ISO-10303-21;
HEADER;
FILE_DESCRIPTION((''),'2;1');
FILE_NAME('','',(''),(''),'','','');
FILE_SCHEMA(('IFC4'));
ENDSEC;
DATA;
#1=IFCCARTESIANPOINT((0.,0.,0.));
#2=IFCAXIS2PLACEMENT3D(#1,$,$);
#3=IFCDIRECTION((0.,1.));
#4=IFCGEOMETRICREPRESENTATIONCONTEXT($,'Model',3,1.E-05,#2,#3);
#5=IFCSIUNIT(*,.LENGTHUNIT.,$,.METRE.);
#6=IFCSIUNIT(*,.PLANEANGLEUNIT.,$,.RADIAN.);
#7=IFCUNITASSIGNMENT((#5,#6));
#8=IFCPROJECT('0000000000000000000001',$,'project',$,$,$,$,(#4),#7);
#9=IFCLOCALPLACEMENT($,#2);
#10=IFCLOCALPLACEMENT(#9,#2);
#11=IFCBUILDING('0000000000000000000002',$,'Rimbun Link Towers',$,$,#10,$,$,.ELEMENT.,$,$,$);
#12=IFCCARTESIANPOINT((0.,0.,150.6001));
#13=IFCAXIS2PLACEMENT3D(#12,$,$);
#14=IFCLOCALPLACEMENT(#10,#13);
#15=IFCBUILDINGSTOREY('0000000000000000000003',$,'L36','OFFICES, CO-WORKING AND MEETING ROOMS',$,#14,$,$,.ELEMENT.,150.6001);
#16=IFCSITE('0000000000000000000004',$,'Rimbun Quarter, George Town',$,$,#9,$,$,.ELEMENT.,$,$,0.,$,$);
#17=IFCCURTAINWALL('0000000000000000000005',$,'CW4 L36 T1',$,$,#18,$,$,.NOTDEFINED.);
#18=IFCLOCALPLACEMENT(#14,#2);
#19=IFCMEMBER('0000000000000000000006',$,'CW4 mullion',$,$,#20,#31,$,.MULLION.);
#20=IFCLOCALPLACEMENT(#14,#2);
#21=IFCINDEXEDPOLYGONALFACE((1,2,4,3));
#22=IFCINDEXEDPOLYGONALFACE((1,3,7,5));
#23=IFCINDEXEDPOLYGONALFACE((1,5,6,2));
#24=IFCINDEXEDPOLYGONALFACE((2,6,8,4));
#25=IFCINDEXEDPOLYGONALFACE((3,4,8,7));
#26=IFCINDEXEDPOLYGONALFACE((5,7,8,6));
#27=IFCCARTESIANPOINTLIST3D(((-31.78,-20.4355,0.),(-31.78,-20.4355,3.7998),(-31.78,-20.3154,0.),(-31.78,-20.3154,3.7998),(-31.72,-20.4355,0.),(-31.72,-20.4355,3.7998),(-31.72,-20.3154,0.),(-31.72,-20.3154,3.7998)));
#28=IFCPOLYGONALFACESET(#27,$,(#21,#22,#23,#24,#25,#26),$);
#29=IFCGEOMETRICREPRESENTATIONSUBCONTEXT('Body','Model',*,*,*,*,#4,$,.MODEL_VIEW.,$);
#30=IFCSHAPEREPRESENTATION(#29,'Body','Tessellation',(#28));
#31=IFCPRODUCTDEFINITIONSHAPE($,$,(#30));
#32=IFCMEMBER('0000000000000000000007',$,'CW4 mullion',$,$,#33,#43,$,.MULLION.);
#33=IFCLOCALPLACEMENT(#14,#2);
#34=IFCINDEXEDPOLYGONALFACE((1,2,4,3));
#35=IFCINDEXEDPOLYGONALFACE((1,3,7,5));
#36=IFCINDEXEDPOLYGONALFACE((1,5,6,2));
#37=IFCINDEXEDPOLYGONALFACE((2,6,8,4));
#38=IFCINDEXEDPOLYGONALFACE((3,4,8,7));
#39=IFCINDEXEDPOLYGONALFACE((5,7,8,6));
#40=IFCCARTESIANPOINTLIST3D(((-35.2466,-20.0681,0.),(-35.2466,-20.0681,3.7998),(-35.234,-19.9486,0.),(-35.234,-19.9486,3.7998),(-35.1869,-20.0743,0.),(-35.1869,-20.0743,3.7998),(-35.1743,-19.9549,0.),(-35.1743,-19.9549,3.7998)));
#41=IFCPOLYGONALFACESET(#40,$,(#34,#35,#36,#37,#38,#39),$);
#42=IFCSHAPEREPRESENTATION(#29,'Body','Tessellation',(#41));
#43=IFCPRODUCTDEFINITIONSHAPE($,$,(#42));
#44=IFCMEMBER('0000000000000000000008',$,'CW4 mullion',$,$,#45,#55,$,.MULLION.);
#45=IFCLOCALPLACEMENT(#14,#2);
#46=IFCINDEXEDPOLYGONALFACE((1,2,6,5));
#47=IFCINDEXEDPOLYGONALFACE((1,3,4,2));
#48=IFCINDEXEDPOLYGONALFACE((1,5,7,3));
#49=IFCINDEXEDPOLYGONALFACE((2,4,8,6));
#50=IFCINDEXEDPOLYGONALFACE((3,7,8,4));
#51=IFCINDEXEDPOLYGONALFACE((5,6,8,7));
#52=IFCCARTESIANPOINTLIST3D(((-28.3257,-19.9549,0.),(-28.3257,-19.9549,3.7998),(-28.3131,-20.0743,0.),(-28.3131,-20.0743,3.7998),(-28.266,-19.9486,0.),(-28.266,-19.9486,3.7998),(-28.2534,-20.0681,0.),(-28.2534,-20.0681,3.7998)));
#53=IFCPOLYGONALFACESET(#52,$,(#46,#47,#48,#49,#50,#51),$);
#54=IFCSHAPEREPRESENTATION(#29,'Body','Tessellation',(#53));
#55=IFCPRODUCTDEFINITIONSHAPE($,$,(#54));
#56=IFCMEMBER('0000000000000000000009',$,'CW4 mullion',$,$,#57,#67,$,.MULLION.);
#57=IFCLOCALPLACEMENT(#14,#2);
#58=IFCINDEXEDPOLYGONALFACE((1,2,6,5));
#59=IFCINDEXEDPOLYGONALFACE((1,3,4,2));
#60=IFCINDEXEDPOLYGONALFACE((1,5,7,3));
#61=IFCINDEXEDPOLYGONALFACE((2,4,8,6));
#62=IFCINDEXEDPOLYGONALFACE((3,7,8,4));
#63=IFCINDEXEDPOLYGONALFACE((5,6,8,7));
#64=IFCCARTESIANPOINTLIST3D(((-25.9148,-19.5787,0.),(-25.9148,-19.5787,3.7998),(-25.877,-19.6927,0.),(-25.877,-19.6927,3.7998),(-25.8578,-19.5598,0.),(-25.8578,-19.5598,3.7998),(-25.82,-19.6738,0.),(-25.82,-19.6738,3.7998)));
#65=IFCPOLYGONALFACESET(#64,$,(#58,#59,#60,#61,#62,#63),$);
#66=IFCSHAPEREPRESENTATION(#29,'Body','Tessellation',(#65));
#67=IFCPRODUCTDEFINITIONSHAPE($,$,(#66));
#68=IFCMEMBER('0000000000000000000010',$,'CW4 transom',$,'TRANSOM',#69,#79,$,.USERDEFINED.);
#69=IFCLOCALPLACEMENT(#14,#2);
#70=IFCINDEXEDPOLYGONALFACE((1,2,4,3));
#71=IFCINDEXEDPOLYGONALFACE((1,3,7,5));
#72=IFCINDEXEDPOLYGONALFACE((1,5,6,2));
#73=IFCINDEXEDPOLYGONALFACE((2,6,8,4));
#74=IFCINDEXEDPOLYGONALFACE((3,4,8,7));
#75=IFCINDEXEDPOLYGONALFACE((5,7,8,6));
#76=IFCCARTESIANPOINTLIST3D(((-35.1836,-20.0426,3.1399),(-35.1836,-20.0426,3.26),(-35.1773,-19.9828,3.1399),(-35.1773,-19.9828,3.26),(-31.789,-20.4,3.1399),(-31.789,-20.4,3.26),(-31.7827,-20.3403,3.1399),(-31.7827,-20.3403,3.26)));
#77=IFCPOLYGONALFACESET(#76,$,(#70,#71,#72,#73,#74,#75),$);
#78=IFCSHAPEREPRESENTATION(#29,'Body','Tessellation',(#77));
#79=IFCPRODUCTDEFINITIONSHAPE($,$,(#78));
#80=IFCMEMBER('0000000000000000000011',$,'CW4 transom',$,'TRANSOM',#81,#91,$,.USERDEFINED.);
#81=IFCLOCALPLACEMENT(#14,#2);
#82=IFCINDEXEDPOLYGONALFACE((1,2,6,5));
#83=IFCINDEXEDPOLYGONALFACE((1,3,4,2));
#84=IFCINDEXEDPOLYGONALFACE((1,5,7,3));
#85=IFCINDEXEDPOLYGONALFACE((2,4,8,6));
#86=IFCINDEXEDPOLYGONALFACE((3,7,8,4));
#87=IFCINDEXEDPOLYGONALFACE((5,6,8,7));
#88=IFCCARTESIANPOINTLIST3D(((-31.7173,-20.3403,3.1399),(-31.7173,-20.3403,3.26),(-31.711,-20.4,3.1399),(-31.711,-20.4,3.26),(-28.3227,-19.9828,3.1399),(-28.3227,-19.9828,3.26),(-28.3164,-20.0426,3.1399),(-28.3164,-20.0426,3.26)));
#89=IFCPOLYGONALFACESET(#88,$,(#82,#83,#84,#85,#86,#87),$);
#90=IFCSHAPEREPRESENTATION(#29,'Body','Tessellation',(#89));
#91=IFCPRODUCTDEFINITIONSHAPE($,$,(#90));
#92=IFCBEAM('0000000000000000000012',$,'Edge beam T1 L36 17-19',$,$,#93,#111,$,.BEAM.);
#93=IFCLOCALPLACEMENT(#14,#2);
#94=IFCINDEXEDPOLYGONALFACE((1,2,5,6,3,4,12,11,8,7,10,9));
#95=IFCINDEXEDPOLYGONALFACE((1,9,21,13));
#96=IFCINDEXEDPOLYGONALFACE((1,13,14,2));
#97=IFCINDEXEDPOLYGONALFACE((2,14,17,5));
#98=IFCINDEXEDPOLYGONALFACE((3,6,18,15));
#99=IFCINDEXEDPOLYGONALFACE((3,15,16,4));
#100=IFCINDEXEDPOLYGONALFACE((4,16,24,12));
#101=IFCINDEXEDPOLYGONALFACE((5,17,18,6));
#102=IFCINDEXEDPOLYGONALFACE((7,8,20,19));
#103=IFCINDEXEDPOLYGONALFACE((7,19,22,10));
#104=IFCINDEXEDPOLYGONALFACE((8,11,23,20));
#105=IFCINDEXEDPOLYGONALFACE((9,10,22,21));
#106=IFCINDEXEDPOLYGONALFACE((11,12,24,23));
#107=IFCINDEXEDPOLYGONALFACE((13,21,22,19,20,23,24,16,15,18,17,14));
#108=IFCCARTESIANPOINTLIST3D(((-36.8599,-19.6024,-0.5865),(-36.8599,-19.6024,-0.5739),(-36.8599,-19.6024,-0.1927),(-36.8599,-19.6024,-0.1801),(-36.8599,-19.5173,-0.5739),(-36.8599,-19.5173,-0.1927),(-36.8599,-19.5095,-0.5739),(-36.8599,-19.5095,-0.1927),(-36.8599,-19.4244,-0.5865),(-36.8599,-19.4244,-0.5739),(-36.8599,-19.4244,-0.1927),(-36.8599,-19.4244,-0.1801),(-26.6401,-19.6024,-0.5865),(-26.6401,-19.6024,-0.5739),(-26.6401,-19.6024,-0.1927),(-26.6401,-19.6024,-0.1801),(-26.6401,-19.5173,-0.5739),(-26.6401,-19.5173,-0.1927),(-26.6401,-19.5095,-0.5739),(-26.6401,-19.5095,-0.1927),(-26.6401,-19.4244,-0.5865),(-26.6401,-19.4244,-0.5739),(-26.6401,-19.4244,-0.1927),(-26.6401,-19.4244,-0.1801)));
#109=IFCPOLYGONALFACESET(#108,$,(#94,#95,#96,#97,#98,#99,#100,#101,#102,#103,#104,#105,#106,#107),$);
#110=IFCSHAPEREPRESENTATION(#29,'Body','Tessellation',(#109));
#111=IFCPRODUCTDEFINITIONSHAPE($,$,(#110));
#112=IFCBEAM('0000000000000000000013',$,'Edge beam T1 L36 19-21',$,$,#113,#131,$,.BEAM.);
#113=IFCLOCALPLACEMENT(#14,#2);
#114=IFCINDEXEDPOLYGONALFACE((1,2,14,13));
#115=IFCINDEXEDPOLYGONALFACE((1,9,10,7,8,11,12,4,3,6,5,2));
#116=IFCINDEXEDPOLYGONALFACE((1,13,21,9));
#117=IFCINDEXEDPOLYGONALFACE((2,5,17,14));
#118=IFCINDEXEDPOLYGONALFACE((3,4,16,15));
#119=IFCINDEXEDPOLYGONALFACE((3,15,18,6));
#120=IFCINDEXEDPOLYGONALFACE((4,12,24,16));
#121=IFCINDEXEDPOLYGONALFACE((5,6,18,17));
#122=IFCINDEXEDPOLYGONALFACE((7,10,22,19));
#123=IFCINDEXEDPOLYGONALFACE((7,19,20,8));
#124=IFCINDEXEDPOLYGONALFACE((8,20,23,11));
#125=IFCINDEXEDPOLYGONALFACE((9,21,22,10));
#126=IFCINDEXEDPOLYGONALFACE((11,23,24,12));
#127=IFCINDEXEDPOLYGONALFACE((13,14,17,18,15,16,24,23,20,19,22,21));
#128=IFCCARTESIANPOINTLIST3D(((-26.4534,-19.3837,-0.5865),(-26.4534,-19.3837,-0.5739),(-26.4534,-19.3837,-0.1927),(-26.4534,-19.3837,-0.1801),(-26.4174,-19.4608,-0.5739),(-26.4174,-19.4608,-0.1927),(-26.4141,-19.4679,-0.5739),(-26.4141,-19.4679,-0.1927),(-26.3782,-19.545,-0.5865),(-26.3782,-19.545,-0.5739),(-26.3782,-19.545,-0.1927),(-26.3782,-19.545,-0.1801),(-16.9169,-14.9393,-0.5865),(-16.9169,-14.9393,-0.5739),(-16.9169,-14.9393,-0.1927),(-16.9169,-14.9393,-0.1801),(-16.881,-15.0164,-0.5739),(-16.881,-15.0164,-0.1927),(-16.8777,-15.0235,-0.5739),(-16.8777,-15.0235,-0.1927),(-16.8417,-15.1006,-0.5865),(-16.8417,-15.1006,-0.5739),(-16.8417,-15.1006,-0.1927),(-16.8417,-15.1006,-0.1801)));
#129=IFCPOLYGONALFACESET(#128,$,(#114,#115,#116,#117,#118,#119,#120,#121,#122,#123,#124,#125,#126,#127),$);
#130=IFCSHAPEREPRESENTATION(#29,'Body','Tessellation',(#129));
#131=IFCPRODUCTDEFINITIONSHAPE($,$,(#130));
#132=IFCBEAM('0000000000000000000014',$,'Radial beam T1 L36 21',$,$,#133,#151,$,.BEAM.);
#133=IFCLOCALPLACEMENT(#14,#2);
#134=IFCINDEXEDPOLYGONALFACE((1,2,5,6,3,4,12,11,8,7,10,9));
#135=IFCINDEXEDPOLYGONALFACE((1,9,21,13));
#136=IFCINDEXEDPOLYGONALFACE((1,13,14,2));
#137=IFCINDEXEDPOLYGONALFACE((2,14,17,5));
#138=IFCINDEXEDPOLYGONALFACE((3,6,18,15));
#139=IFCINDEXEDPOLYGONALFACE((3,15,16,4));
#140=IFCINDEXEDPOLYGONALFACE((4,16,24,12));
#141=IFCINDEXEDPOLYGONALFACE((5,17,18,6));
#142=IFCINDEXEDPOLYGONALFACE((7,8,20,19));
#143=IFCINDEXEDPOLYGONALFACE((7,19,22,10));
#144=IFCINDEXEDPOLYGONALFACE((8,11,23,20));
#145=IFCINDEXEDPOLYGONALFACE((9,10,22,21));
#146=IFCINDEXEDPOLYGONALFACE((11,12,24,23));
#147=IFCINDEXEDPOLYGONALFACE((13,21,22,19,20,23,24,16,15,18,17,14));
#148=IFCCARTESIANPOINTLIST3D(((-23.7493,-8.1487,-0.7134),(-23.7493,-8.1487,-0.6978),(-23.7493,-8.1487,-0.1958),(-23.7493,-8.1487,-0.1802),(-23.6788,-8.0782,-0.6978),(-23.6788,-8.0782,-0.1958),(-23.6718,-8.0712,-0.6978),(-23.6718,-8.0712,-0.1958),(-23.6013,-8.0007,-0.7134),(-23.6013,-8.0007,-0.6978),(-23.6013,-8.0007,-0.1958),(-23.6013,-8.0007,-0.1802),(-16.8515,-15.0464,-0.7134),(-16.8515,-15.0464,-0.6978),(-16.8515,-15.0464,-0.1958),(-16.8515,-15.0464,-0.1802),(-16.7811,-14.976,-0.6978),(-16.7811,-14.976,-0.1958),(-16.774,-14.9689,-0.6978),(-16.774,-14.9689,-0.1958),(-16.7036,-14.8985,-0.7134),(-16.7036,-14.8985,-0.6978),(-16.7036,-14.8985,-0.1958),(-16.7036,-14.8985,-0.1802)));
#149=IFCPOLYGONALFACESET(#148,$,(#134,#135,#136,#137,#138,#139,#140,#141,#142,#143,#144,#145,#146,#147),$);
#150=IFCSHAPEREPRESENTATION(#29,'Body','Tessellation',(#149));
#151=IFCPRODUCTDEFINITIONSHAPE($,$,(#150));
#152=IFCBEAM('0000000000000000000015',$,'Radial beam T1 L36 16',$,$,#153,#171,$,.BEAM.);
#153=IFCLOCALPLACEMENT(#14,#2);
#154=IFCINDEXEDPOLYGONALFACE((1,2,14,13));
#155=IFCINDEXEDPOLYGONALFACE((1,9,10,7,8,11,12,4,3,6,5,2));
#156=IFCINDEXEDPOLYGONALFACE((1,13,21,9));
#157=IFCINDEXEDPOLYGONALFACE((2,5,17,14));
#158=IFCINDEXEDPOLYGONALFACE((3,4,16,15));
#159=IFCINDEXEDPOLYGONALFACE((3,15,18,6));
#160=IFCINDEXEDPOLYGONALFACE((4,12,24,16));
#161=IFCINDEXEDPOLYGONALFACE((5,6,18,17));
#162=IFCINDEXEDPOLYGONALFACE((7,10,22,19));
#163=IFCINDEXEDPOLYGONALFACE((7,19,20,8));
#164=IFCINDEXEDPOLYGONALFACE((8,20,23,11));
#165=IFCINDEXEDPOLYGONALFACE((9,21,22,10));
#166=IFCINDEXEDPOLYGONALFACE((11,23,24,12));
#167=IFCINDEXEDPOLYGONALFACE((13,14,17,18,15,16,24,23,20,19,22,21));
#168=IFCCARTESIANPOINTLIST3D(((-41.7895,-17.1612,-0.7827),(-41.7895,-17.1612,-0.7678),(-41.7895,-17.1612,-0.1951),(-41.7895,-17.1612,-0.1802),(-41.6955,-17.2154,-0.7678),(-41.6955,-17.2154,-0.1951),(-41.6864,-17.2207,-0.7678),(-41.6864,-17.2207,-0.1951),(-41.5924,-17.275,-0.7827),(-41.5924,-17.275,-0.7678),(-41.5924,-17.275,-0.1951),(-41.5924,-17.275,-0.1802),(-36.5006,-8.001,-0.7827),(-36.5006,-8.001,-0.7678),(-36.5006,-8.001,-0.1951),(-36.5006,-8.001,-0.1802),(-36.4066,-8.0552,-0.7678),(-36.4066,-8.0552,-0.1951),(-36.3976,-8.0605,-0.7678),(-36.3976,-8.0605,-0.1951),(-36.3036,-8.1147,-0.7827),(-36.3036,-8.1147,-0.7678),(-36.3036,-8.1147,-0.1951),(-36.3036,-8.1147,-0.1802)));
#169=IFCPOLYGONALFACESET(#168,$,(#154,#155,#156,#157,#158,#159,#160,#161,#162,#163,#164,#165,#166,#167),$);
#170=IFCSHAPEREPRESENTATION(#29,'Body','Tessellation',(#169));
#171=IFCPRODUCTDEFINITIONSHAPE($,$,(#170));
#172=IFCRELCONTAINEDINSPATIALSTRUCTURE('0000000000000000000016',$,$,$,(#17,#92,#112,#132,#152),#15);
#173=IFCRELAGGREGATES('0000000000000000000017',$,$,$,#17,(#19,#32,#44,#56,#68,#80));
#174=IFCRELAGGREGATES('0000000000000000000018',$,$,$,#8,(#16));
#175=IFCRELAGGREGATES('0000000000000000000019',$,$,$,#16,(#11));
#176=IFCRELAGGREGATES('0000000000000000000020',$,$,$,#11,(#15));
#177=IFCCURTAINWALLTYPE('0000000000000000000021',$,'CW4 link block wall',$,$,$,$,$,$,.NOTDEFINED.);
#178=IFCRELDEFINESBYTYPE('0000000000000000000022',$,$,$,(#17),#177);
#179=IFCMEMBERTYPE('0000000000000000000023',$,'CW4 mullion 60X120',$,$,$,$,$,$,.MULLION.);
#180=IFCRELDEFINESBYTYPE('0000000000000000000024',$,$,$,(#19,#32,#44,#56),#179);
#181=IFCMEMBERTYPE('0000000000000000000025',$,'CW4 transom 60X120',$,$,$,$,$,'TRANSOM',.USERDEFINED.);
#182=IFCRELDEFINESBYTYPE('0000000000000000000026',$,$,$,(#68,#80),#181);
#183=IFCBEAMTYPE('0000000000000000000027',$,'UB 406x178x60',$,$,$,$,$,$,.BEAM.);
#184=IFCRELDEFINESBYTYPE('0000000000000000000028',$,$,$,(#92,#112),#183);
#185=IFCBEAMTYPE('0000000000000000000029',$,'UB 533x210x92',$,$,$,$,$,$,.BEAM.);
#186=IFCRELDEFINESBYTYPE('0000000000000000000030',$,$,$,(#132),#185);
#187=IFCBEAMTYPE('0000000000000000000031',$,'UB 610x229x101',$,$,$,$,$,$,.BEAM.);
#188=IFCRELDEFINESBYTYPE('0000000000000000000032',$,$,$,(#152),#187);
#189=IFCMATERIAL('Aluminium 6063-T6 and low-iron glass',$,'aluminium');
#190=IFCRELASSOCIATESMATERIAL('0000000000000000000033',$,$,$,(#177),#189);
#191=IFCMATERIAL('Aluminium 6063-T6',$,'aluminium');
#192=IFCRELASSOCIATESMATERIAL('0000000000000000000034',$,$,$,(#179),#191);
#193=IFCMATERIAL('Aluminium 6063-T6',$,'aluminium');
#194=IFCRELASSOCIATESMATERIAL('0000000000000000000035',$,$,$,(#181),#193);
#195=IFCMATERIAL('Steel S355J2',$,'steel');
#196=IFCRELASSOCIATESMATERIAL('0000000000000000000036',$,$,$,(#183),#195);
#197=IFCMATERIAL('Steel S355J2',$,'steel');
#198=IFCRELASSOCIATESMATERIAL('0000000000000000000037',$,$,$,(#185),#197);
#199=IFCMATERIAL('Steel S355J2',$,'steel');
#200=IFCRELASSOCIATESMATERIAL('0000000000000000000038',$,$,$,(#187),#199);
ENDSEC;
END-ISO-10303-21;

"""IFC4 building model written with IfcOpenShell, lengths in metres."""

from ifc_helpers import new_model, si_unit, direction, frame, origin, origin_2d, place, context, subcontext, project, spatial, rectangle, i_section, extrude, material, material_profile, profile_set, type_object, element, aggregate, save


model = new_model("IFC4")

# Units and contexts
model_context = context("Model", 3, precision=1e-05, world=origin(), true_north=direction((0.0, 1.0)))
body_context = subcontext(model_context, "Body", "Model", "MODEL_VIEW")
ifc_project = project(units=[si_unit("LENGTHUNIT", "METRE"), si_unit("PLANEANGLEUNIT", "RADIAN")], contexts=[model_context])

# Site, building, storey
site_placement = place(None, origin())
site = spatial("IfcSite", under=ifc_project, at=site_placement, Name="Rimbun Quarter, George Town", CompositionType="ELEMENT", RefElevation=0.0)
building_placement = place(site_placement, origin())
building = spatial("IfcBuilding", under=site, at=building_placement, Name="Rimbun Link Towers", CompositionType="ELEMENT")
storey_placement = place(building_placement, frame((0.0, 0.0, 150.6001)))
storey = spatial("IfcBuildingStorey", under=building, at=storey_placement, Name="L36", Description="OFFICES, CO-WORKING AND MEETING ROOMS", CompositionType="ELEMENT", Elevation=150.6001)

# Curtain wall, members
ifc_material_1 = material(Name="Aluminium 6063-T6 and low-iron glass", Category="aluminium")
curtain_wall_type = type_object("IfcCurtainWallType", Name="CW4 link block wall", PredefinedType="NOTDEFINED", material=ifc_material_1)
curtain_wall_placement = place(storey_placement, origin())
curtain_wall = element("IfcCurtainWall", 1, at=curtain_wall_placement, inside=storey, type_object=curtain_wall_type, Name="CW4 L36 T1", PredefinedType="NOTDEFINED")
ifc_material_2 = material(Name="Aluminium 6063-T6", Category="aluminium")
ifc_material_profile_1 = material_profile(ifc_material_2, rectangle(XDim=0.1201, YDim=0.0601, at=origin_2d()), Name="MULLION 60X120")
ifc_profile_set_1 = profile_set([ifc_material_profile_1], Name="Aluminium 6063-T6")
member_type_1 = type_object("IfcMemberType", Name="CW4 mullion 60X120", PredefinedType="MULLION", material=ifc_profile_set_1)
member_1_placement = place(storey_placement, frame((-31.75, -20.3755, 0.0), z_axis=(0.0, 0.0, 1.0), x_axis=(0.0, -1.0, 0.0)))
member_1 = element("IfcMember", 2, at=member_1_placement, type_object=member_type_1, Name="CW4 mullion", PredefinedType="MULLION", context=body_context, shape_type="SweptSolid", body=[
    extrude(rectangle(XDim=0.1201, YDim=0.0601, at=origin_2d()), origin(), (0.0, 0.0, 1.0), 3.7998),
])
member_2_placement = place(storey_placement, frame((-35.2104, -20.0115, 0.0), z_axis=(0.0, 0.0, 1.0), x_axis=(-0.104745, -0.994499, 0.0)))
member_2 = element("IfcMember", 3, at=member_2_placement, type_object=member_type_1, Name="CW4 mullion", PredefinedType="MULLION", context=body_context, shape_type="SweptSolid", body=[
    extrude(rectangle(XDim=0.1201, YDim=0.0601, at=origin_2d()), origin(), (0.0, 0.0, 1.0), 3.7998),
])
member_3_placement = place(storey_placement, frame((-28.2896, -20.0115, 0.0), z_axis=(0.0, 0.0, 1.0), x_axis=(0.104745, -0.994499, 0.0)))
member_3 = element("IfcMember", 4, at=member_3_placement, type_object=member_type_1, Name="CW4 mullion", PredefinedType="MULLION", context=body_context, shape_type="SweptSolid", body=[
    extrude(rectangle(XDim=0.1201, YDim=0.0601, at=origin_2d()), origin(), (0.0, 0.0, 1.0), 3.7998),
])
member_4_placement = place(storey_placement, frame((-25.8674, -19.6262, 0.0), z_axis=(0.0, 0.0, 1.0), x_axis=(0.314568, -0.949235, 0.0)))
member_4 = element("IfcMember", 5, at=member_4_placement, type_object=member_type_1, Name="CW4 mullion", PredefinedType="MULLION", context=body_context, shape_type="SweptSolid", body=[
    extrude(rectangle(XDim=0.1201, YDim=0.0601, at=origin_2d()), origin(), (0.0, 0.0, 1.0), 3.7998),
])
ifc_material_3 = material(Name="Aluminium 6063-T6", Category="aluminium")
ifc_material_profile_2 = material_profile(ifc_material_3, rectangle(XDim=0.0601, YDim=0.1201, at=origin_2d()), Name="TRANSOM 60X120")
ifc_profile_set_2 = profile_set([ifc_material_profile_2], Name="Aluminium 6063-T6")
member_type_2 = type_object("IfcMemberType", Name="CW4 transom 60X120", ElementType="TRANSOM", PredefinedType="USERDEFINED", material=ifc_profile_set_2)
member_5_placement = place(storey_placement, frame((-31.7859, -20.3701, 3.2), z_axis=(-0.994502, 0.104715, 0.0), x_axis=(-0.104715, -0.994502, 0.0)))
member_5 = element("IfcMember", 6, at=member_5_placement, type_object=member_type_2, Name="CW4 transom", ObjectType="TRANSOM", PredefinedType="USERDEFINED", context=body_context, shape_type="SweptSolid", body=[
    extrude(rectangle(XDim=0.0601, YDim=0.1201, at=origin_2d()), origin(), (0.0, 0.0, 1.0), 3.4133),
])
member_6_placement = place(storey_placement, frame((-28.3196, -20.0127, 3.2), z_axis=(-0.994502, -0.104715, 0.0), x_axis=(0.104715, -0.994502, 0.0)))
member_6 = element("IfcMember", 7, at=member_6_placement, type_object=member_type_2, Name="CW4 transom", ObjectType="TRANSOM", PredefinedType="USERDEFINED", context=body_context, shape_type="SweptSolid", body=[
    extrude(rectangle(XDim=0.0601, YDim=0.1201, at=origin_2d()), origin(), (0.0, 0.0, 1.0), 3.4133),
])

# Beams
ifc_material_4 = material(Name="Steel S355J2", Category="steel")
ifc_material_profile_3 = material_profile(ifc_material_4, i_section(OverallWidth=0.178, OverallDepth=0.4065, WebThickness=0.0078, FlangeThickness=0.0127, at=origin_2d()), Name="UB 406x178x60")
ifc_profile_set_3 = profile_set([ifc_material_profile_3], Name="Steel S355J2")
beam_type_1 = type_object("IfcBeamType", Name="UB 406x178x60", PredefinedType="BEAM", material=ifc_profile_set_3)
beam_1_placement = place(storey_placement, frame((-36.8599, -19.5134, -0.3833), z_axis=(1.0, 0.0, 0.0), x_axis=(0.0, 1.0, 0.0)))
element("IfcBeam", 8, at=beam_1_placement, inside=storey, type_object=beam_type_1, Name="Edge beam T1 L36 17-19", PredefinedType="BEAM", context=body_context, shape_type="SweptSolid", body=[
    extrude(i_section(OverallWidth=0.178, OverallDepth=0.4065, WebThickness=0.0078, FlangeThickness=0.0127, at=origin_2d()), origin(), (0.0, 0.0, 1.0), 10.2197),
])
beam_2_placement = place(storey_placement, frame((-26.4158, -19.4644, -0.3833), z_axis=(0.906401, 0.422419, 0.0), x_axis=(-0.422419, 0.906401, 0.0)))
element("IfcBeam", 9, at=beam_2_placement, inside=storey, type_object=beam_type_1, Name="Edge beam T1 L36 19-21", PredefinedType="BEAM", context=body_context, shape_type="SweptSolid", body=[
    extrude(i_section(OverallWidth=0.178, OverallDepth=0.4065, WebThickness=0.0078, FlangeThickness=0.0127, at=origin_2d()), origin(), (0.0, 0.0, 1.0), 10.5212),
])
ifc_material_5 = material(Name="Steel S355J2", Category="steel")
ifc_material_profile_4 = material_profile(ifc_material_5, i_section(OverallWidth=0.2092, OverallDepth=0.5332, WebThickness=0.01, FlangeThickness=0.0156, at=origin_2d()), Name="UB 533x210x92")
ifc_profile_set_4 = profile_set([ifc_material_profile_4], Name="Steel S355J2")
beam_type_2 = type_object("IfcBeamType", Name="UB 533x210x92", PredefinedType="BEAM", material=ifc_profile_set_4)
beam_3_placement = place(storey_placement, frame((-23.6753, -8.0747, -0.4468), z_axis=(0.707107, -0.707107, 0.0), x_axis=(0.707107, 0.707107, 0.0)))
element("IfcBeam", 10, at=beam_3_placement, inside=storey, type_object=beam_type_2, Name="Radial beam T1 L36 21", PredefinedType="BEAM", context=body_context, shape_type="SweptSolid", body=[
    extrude(i_section(OverallWidth=0.2092, OverallDepth=0.5332, WebThickness=0.01, FlangeThickness=0.0156, at=origin_2d()), origin(), (0.0, 0.0, 1.0), 9.7549),
])
ifc_material_6 = material(Name="Steel S355J2", Category="steel")
ifc_material_profile_5 = material_profile(ifc_material_6, i_section(OverallWidth=0.2275, OverallDepth=0.6025, WebThickness=0.0105, FlangeThickness=0.0149, at=origin_2d()), Name="UB 610x229x101")
ifc_profile_set_5 = profile_set([ifc_material_profile_5], Name="Steel S355J2")
beam_type_3 = type_object("IfcBeamType", Name="UB 610x229x101", PredefinedType="BEAM", material=ifc_profile_set_5)
for number, where, z_axis, x_axis, name in (
    (11, (-36.4021, -8.0579, -0.4814), (-0.500014, -0.866017, 0.0), (0.866017, -0.500014, 0.0), "Radial beam T1 L36 16"),
):
    element("IfcBeam", number, at=place(storey_placement, frame(where, z_axis=z_axis, x_axis=x_axis)), inside=storey, type_object=beam_type_3, Name=name, PredefinedType="BEAM", context=body_context, shape_type="SweptSolid", body=[
        extrude(i_section(OverallWidth=0.2275, OverallDepth=0.6025, WebThickness=0.0105, FlangeThickness=0.0149, at=origin_2d()), origin(), (0.0, 0.0, 1.0), 10.5774),
    ])

aggregate(curtain_wall, [member_1, member_2, member_3, member_4, member_5, member_6])

save(model, "model.ifc")
